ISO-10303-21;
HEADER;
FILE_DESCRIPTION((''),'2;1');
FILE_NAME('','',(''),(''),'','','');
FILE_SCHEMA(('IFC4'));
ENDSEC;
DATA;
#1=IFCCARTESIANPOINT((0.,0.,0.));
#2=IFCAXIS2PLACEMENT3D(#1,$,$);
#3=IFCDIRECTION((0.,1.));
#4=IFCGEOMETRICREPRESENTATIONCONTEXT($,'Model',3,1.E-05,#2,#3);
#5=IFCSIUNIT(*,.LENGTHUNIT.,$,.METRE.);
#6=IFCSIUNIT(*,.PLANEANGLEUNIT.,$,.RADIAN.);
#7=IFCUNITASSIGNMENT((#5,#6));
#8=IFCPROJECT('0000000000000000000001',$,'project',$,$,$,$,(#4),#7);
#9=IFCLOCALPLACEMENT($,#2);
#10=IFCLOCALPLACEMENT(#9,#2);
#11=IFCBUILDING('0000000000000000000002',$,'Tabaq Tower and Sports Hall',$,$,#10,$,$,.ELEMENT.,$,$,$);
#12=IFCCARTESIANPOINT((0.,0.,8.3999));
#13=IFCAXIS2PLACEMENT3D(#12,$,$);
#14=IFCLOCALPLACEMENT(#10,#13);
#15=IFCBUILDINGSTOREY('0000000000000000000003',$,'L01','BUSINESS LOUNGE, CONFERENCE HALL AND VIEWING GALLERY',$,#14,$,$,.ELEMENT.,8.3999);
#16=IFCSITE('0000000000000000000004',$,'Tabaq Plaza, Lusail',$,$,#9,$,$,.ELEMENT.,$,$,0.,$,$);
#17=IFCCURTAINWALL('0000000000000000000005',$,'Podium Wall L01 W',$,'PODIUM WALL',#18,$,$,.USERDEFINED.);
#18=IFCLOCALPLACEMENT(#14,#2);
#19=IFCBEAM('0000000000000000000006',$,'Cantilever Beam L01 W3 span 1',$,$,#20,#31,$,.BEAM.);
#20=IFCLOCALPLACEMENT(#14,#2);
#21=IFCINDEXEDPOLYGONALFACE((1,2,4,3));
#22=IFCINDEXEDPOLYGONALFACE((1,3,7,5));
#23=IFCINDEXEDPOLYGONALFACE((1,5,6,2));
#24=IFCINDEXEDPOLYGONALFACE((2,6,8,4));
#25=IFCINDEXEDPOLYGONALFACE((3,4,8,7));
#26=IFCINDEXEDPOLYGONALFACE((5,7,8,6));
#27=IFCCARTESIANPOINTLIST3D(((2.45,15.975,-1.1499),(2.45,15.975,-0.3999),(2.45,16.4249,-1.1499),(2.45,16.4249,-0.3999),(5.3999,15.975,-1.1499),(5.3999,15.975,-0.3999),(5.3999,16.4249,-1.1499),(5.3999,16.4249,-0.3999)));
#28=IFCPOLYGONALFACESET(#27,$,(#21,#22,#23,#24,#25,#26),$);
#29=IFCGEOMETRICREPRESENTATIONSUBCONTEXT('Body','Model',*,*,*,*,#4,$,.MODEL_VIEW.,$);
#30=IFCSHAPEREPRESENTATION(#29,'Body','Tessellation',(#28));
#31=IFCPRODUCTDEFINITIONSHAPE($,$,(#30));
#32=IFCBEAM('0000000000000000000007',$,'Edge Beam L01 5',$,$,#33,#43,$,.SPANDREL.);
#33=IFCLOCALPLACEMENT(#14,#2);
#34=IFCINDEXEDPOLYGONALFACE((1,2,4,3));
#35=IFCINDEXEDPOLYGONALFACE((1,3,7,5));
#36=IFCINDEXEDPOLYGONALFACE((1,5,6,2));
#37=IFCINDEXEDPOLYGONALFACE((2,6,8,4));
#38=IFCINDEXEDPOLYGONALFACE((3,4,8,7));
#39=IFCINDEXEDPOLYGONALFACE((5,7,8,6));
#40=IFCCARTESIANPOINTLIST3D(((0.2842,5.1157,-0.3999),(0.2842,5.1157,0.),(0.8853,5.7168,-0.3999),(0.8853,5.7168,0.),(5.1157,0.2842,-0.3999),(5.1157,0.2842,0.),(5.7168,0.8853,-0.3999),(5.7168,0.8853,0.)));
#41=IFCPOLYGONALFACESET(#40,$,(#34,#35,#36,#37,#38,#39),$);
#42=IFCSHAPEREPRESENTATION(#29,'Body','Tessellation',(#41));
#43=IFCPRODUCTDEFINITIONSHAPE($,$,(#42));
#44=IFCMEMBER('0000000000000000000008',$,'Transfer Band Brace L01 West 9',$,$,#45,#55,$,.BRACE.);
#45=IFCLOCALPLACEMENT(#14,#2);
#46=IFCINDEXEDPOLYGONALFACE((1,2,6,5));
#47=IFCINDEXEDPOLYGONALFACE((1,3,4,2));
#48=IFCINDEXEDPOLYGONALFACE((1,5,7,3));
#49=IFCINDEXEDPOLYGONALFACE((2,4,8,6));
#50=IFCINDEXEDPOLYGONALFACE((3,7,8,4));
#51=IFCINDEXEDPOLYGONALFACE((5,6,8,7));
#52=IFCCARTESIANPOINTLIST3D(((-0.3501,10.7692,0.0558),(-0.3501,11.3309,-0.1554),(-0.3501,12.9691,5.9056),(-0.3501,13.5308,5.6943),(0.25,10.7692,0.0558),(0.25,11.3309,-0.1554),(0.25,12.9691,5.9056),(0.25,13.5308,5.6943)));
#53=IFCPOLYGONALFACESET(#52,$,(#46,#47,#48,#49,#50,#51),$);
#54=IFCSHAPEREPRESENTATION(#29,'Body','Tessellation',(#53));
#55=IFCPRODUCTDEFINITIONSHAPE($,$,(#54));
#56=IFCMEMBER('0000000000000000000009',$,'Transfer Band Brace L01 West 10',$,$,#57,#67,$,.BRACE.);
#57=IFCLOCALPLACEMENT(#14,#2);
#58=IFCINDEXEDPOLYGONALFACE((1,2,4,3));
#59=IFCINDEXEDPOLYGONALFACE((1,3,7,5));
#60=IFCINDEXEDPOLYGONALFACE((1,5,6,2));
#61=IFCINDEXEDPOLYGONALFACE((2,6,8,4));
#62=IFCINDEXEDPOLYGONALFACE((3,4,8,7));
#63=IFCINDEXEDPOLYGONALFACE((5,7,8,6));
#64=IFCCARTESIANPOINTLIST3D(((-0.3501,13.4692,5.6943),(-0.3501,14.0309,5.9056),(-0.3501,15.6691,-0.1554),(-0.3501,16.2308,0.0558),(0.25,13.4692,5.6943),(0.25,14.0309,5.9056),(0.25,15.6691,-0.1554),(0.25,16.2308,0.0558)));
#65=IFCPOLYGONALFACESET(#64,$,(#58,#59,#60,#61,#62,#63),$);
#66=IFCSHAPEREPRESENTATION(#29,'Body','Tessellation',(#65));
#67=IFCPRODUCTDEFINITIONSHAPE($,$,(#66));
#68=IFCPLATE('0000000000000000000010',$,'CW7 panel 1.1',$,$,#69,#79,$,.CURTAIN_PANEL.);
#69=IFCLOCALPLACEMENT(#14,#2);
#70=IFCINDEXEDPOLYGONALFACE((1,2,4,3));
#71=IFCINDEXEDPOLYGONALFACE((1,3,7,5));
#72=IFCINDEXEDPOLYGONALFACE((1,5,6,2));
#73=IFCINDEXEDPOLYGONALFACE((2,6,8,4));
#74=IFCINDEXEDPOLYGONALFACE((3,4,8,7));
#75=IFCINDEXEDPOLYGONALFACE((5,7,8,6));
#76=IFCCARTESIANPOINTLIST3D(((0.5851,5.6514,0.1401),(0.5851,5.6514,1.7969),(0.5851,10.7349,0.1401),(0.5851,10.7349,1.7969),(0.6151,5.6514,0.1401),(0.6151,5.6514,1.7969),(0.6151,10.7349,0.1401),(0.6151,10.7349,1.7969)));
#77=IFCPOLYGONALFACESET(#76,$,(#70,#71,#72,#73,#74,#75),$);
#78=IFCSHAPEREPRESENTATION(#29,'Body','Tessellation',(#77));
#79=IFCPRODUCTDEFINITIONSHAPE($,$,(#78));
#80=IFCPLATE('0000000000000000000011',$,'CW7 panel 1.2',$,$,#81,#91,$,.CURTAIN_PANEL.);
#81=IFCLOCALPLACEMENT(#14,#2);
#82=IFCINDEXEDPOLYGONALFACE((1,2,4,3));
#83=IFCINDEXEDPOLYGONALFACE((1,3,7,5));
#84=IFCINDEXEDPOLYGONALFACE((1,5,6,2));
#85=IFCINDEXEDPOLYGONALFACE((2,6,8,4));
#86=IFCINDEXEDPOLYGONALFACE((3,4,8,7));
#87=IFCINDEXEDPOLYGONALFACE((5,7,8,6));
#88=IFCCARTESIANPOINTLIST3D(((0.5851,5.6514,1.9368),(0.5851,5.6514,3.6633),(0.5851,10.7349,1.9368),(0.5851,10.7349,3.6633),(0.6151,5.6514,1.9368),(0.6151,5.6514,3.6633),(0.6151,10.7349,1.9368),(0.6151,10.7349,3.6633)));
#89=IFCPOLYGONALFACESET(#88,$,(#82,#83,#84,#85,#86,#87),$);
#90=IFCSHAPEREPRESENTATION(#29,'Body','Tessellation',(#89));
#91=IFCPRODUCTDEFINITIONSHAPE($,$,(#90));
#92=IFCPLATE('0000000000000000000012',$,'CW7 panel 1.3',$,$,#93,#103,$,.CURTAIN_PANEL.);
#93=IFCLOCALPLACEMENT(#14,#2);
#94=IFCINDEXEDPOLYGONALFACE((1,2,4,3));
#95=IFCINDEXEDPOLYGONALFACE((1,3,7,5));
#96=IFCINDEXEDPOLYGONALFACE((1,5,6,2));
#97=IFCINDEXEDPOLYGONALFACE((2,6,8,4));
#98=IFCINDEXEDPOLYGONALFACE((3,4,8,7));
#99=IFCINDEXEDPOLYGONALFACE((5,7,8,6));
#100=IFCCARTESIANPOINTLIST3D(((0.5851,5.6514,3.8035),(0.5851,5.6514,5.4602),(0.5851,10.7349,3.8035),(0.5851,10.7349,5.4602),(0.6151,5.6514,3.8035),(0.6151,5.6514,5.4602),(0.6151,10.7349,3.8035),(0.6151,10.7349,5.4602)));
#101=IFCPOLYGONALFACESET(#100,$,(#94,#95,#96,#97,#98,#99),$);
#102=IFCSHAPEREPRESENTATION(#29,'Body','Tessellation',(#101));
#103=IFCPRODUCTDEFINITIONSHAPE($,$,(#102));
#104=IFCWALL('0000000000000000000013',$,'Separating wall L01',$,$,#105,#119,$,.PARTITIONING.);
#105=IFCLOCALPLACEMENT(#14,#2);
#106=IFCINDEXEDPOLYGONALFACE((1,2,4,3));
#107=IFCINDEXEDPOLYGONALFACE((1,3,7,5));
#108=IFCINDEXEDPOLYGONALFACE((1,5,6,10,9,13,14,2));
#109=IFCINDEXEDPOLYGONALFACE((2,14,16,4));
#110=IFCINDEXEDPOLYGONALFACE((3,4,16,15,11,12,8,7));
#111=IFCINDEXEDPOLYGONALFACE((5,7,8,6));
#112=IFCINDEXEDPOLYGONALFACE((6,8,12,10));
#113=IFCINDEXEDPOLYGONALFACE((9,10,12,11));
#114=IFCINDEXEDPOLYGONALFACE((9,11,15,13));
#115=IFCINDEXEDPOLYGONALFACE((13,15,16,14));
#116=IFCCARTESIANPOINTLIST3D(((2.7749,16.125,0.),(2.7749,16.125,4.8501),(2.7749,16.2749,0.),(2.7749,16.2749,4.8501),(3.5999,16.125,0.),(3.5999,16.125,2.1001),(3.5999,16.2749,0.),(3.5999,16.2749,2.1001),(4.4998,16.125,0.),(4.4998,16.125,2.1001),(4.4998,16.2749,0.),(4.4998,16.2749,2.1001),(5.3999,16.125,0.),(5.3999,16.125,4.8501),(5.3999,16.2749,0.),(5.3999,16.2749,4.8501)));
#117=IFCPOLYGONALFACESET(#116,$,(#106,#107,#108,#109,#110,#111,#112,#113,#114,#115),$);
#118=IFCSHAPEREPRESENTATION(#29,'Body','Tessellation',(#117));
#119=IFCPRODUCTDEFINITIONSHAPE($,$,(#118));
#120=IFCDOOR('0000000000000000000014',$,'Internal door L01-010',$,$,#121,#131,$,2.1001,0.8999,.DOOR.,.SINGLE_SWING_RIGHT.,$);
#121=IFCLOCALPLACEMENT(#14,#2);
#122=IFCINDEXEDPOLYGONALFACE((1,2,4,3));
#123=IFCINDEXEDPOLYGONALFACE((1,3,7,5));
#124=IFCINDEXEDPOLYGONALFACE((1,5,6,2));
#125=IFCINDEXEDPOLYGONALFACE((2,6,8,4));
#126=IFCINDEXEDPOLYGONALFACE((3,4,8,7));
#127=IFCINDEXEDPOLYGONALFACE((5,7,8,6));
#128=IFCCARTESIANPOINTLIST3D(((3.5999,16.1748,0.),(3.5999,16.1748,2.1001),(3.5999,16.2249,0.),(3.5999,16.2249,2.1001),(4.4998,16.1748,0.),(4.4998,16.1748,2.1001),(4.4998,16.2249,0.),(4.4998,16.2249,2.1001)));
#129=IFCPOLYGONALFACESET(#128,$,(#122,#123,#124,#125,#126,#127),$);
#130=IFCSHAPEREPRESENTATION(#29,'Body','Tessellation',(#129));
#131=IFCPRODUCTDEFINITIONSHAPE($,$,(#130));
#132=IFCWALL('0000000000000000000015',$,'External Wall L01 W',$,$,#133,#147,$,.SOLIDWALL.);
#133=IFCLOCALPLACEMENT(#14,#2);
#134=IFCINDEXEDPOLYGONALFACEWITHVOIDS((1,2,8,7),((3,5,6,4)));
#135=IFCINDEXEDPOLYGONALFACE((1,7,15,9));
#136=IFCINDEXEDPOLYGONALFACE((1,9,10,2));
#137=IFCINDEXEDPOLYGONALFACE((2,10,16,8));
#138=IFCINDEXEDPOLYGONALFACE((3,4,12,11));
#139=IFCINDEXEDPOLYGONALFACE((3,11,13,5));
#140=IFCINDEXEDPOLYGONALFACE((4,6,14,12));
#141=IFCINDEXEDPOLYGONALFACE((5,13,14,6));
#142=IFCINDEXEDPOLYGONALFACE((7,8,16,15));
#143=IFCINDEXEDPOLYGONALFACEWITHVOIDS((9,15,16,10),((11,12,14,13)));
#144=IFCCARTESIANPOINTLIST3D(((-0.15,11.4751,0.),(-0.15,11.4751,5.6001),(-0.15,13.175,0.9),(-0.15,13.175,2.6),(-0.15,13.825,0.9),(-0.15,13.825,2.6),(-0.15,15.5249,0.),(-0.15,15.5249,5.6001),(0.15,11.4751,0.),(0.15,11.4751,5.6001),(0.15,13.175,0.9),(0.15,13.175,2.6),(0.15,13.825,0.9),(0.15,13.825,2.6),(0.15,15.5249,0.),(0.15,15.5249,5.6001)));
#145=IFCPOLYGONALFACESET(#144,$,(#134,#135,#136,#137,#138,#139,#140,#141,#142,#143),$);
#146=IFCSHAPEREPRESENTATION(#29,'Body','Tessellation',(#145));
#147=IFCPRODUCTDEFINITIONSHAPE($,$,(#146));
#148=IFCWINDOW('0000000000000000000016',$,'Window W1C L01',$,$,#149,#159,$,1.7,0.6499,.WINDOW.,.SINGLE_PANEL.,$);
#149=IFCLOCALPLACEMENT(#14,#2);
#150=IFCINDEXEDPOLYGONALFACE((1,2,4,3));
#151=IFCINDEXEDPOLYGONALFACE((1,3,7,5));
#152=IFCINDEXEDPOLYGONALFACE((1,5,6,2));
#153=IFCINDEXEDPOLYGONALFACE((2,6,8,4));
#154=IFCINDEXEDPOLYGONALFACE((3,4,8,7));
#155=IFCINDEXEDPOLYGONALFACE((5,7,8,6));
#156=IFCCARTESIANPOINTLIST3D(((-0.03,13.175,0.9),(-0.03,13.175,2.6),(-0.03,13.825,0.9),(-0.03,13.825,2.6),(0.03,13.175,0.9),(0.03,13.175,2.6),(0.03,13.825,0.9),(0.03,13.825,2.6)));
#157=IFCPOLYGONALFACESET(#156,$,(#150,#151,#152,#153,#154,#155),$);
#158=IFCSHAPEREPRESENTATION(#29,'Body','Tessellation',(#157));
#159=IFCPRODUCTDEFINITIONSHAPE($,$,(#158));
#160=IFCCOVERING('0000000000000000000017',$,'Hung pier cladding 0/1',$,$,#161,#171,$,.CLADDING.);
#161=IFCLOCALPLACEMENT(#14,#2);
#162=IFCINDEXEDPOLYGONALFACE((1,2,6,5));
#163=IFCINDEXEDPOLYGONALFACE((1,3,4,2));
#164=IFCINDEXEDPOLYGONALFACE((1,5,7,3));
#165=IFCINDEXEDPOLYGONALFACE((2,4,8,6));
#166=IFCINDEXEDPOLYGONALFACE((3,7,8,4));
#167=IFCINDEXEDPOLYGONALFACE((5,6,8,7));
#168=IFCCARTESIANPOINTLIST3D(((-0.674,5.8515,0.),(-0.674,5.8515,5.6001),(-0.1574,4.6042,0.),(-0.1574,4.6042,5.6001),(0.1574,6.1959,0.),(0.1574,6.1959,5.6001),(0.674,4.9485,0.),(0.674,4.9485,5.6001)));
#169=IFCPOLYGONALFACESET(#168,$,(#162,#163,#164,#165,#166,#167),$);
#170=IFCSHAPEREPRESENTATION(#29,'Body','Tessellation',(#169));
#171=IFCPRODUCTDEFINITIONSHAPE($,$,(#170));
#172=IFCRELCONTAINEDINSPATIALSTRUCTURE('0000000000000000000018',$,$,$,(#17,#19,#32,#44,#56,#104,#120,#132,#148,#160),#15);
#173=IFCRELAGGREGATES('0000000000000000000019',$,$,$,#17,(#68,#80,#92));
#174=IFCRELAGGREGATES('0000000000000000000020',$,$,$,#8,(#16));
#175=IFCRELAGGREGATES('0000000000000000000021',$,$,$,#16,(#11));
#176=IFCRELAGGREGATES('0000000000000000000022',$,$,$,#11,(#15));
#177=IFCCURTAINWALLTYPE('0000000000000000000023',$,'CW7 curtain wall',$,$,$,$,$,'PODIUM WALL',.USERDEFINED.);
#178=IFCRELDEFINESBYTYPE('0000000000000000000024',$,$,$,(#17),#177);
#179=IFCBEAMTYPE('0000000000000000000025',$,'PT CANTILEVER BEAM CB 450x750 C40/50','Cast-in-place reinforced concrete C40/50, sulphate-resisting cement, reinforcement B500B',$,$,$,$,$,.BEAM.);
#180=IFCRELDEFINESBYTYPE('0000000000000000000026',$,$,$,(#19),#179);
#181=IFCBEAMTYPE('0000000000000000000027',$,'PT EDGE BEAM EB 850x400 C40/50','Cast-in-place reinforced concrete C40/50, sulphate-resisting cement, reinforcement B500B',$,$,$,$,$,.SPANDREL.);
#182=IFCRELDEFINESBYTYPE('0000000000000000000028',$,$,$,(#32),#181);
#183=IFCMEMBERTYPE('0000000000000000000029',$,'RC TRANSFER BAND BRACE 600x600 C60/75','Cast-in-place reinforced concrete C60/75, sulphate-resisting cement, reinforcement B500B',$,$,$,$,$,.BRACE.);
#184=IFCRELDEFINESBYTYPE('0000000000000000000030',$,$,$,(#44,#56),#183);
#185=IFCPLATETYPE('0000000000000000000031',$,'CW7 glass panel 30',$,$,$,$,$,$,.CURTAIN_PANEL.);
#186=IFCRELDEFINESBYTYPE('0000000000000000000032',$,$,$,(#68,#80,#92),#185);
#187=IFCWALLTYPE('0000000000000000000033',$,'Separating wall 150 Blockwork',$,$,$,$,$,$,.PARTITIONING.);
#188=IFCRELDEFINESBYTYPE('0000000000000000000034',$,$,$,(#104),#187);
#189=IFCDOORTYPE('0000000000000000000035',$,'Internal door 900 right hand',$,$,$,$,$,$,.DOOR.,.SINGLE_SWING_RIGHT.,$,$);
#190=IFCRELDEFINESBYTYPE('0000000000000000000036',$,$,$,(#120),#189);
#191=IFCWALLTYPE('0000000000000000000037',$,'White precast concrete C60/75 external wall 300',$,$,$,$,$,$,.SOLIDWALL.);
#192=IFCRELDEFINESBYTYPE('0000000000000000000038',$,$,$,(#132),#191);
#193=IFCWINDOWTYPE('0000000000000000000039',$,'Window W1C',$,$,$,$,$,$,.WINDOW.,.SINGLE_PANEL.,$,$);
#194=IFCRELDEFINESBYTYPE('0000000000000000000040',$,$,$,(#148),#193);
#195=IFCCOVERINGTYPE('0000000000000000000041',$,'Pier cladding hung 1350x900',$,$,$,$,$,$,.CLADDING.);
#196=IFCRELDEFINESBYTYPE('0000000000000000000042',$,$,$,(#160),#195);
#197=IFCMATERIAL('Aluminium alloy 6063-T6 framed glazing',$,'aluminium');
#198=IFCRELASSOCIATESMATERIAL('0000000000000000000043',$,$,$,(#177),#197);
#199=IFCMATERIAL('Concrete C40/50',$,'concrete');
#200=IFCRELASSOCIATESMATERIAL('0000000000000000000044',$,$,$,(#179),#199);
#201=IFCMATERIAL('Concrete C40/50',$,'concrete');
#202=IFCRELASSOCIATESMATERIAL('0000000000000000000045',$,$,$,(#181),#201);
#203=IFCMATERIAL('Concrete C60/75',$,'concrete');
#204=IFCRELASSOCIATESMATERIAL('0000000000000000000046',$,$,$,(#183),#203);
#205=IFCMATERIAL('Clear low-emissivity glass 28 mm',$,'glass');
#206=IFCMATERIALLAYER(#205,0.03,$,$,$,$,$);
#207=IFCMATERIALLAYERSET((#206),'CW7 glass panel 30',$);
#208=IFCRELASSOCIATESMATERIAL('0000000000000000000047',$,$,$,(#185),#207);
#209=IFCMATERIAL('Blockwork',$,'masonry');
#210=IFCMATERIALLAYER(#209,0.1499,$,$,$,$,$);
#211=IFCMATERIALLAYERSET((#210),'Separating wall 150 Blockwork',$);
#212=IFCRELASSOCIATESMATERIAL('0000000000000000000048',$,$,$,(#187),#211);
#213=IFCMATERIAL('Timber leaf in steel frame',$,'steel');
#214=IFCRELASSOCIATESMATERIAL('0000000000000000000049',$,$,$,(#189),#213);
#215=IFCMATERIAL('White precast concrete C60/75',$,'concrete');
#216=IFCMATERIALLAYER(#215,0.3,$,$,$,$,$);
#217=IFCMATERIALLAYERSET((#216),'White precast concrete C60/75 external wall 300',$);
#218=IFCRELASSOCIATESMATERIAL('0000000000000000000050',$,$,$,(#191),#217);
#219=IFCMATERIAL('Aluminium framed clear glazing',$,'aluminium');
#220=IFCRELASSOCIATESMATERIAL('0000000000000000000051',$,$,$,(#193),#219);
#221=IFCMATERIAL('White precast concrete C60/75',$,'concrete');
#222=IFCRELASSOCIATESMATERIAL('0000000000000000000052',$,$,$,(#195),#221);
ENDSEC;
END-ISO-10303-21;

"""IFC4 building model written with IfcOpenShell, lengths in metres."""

from ifc_helpers import new_model, si_unit, direction, frame, frame_2d, origin, origin_2d, place, context, subcontext, project, spatial, rectangle, extrude, material, layer, layer_set, material_profile, profile_set, type_object, element, fill, aggregate, save


model = new_model("IFC4")

# Units and contexts
model_context = context("Model", 3, precision=1e-05, world=origin(), true_north=direction((0.0, 1.0)))
body_context = subcontext(model_context, "Body", "Model", "MODEL_VIEW")
ifc_project = project(units=[si_unit("LENGTHUNIT", "METRE"), si_unit("PLANEANGLEUNIT", "RADIAN")], contexts=[model_context])

# Site, building, storey
site_placement = place(None, origin())
site = spatial("IfcSite", under=ifc_project, at=site_placement, Name="Tabaq Plaza, Lusail", CompositionType="ELEMENT", RefElevation=0.0)
building_placement = place(site_placement, origin())
building = spatial("IfcBuilding", under=site, at=building_placement, Name="Tabaq Tower and Sports Hall", CompositionType="ELEMENT")
storey_placement = place(building_placement, frame((0.0, 0.0, 8.3999)))
storey = spatial("IfcBuildingStorey", under=building, at=storey_placement, Name="L01", Description="BUSINESS LOUNGE, CONFERENCE HALL AND VIEWING GALLERY", CompositionType="ELEMENT", Elevation=8.3999)

# Curtain wall
ifc_material_1 = material(Name="Aluminium alloy 6063-T6 framed glazing", Category="aluminium")
curtain_wall_type = type_object("IfcCurtainWallType", Name="CW7 curtain wall", ElementType="PODIUM WALL", PredefinedType="USERDEFINED", material=ifc_material_1)
curtain_wall_1_placement = place(storey_placement, origin())
curtain_wall_1 = element("IfcCurtainWall", 1, at=curtain_wall_1_placement, inside=storey, type_object=curtain_wall_type, Name="Podium Wall L01 W", ObjectType="PODIUM WALL", PredefinedType="USERDEFINED")

# Beams
ifc_material_2 = material(Name="Concrete C40/50", Category="concrete")
ifc_material_profile_1 = material_profile(ifc_material_2, rectangle(XDim=0.45, YDim=0.75, at=origin_2d()), Name="CB 450x750")
ifc_profile_set_1 = profile_set([ifc_material_profile_1], Name="Concrete C40/50")
beam_type_1 = type_object("IfcBeamType", Name="PT CANTILEVER BEAM CB 450x750 C40/50", Description="Cast-in-place reinforced concrete C40/50, sulphate-resisting cement, reinforcement B500B", PredefinedType="BEAM", material=ifc_profile_set_1)
beam_1_placement = place(storey_placement, frame((2.45, 16.2, -0.7749), z_axis=(1.0, 0.0, 0.0), x_axis=(0.0, 1.0, 0.0)))
element("IfcBeam", 2, at=beam_1_placement, inside=storey, type_object=beam_type_1, Name="Cantilever Beam L01 W3 span 1", PredefinedType="BEAM", context=body_context, shape_type="SweptSolid", body=[
    extrude(rectangle(XDim=0.45, YDim=0.75, at=origin_2d()), origin(), (0.0, 0.0, 1.0), 2.95),
])
ifc_material_3 = material(Name="Concrete C40/50", Category="concrete")
ifc_material_profile_2 = material_profile(ifc_material_3, rectangle(XDim=0.8501, YDim=0.3999, at=origin_2d()), Name="EB 850x400")
ifc_profile_set_2 = profile_set([ifc_material_profile_2], Name="Concrete C40/50")
beam_type_2 = type_object("IfcBeamType", Name="PT EDGE BEAM EB 850x400 C40/50", Description="Cast-in-place reinforced concrete C40/50, sulphate-resisting cement, reinforcement B500B", PredefinedType="SPANDREL", material=ifc_profile_set_2)
beam_2_placement = place(storey_placement, frame((0.5847, 5.4163, -0.2), z_axis=(0.707107, -0.707107, 0.0), x_axis=(0.707107, 0.707107, 0.0)))
element("IfcBeam", 3, at=beam_2_placement, inside=storey, type_object=beam_type_2, Name="Edge Beam L01 5", PredefinedType="SPANDREL", context=body_context, shape_type="SweptSolid", body=[
    extrude(rectangle(XDim=0.8501, YDim=0.3999, at=origin_2d()), origin(), (0.0, 0.0, 1.0), 6.8328),
])

# Members
ifc_material_4 = material(Name="Concrete C60/75", Category="concrete")
ifc_material_profile_3 = material_profile(ifc_material_4, rectangle(XDim=0.6001, YDim=0.6001, at=origin_2d()), Name="TRANSFER BAND BRACE 600x600")
ifc_profile_set_3 = profile_set([ifc_material_profile_3], Name="Concrete C60/75")
member_type_1 = type_object("IfcMemberType", Name="RC TRANSFER BAND BRACE 600x600 C60/75", Description="Cast-in-place reinforced concrete C60/75, sulphate-resisting cement, reinforcement B500B", PredefinedType="BRACE", material=ifc_profile_set_3)
for number, where, z_axis, x_axis, name in (
    (4, (-0.05, 11.05, -0.0498), (0.0, 0.352001, 0.936), (-1.0, 0.0, 0.0), "Transfer Band Brace L01 West 9"),
    (5, (-0.05, 15.95, -0.0498), (0.0, -0.352001, 0.936), (1.0, 0.0, 0.0), "Transfer Band Brace L01 West 10"),
):
    element("IfcMember", number, at=place(storey_placement, frame(where, z_axis=z_axis, x_axis=x_axis)), inside=storey, type_object=member_type_1, Name=name, PredefinedType="BRACE", context=body_context, shape_type="SweptSolid", body=[
        extrude(rectangle(XDim=0.6001, YDim=0.6001, at=origin_2d()), origin(), (0.0, 0.0, 1.0), 6.2498),
    ])

# Plates
ifc_material_5 = material(Name="Clear low-emissivity glass 28 mm", Category="glass")
ifc_layer_1 = layer(ifc_material_5, 0.03)
ifc_layer_set_1 = layer_set([ifc_layer_1], Name="CW7 glass panel 30")
plate_type = type_object("IfcPlateType", Name="CW7 glass panel 30", PredefinedType="CURTAIN_PANEL", material=ifc_layer_set_1)
plate_1_placement = place(storey_placement, frame((0.6001, 8.1931, 0.1401), z_axis=(0.0, 0.0, 1.0), x_axis=(0.0, -1.0, 0.0)))
plate_1 = element("IfcPlate", 6, at=plate_1_placement, type_object=plate_type, Name="CW7 panel 1.1", PredefinedType="CURTAIN_PANEL", context=body_context, shape_type="SweptSolid", body=[
    extrude(rectangle(XDim=5.0835, YDim=0.03, at=origin_2d()), origin(), (0.0, 0.0, 1.0), 1.6567),
])
plate_2_placement = place(storey_placement, frame((0.6001, 8.1931, 1.9368), z_axis=(0.0, 0.0, 1.0), x_axis=(0.0, -1.0, 0.0)))
plate_2 = element("IfcPlate", 7, at=plate_2_placement, type_object=plate_type, Name="CW7 panel 1.2", PredefinedType="CURTAIN_PANEL", context=body_context, shape_type="SweptSolid", body=[
    extrude(rectangle(XDim=5.0835, YDim=0.03, at=origin_2d()), origin(), (0.0, 0.0, 1.0), 1.7266),
])
plate_3_placement = place(storey_placement, frame((0.6001, 8.1931, 3.8035), z_axis=(0.0, 0.0, 1.0), x_axis=(0.0, -1.0, 0.0)))
plate_3 = element("IfcPlate", 8, at=plate_3_placement, type_object=plate_type, Name="CW7 panel 1.3", PredefinedType="CURTAIN_PANEL", context=body_context, shape_type="SweptSolid", body=[
    extrude(rectangle(XDim=5.0835, YDim=0.03, at=origin_2d()), origin(), (0.0, 0.0, 1.0), 1.6567),
])
aggregate(curtain_wall_1, [plate_1, plate_2, plate_3])

# Wall, opening, door
ifc_material_6 = material(Name="Blockwork", Category="masonry")
ifc_layer_2 = layer(ifc_material_6, 0.1499)
ifc_layer_set_2 = layer_set([ifc_layer_2], Name="Separating wall 150 Blockwork")
wall_type_1 = type_object("IfcWallType", Name="Separating wall 150 Blockwork", PredefinedType="PARTITIONING", material=ifc_layer_set_2)
wall_1_placement = place(storey_placement, frame((2.7749, 16.2, 0.0), z_axis=(0.0, 0.0, 1.0), x_axis=(1.0, 0.0, 0.0)))
wall_1 = element("IfcWall", 9, at=wall_1_placement, inside=storey, type_object=wall_type_1, Name="Separating wall L01", PredefinedType="PARTITIONING", context=body_context, shape_type="SweptSolid", body=[
    extrude(rectangle(XDim=2.625, YDim=0.1499, at=frame_2d((1.3125, 0.0))), origin(), (0.0, 0.0, 1.0), 4.8501),
])
opening_1_placement = place(wall_1_placement, frame((0.825, 0.0, 0.0)))
opening_1 = element("IfcOpeningElement", 10, at=opening_1_placement, cuts=wall_1, PredefinedType="OPENING", context=body_context, shape_type="SweptSolid", body=[
    extrude(rectangle(XDim=0.8999, YDim=2.1001, at=frame_2d((0.45, 1.05))), frame((0.0, 0.075, 0.0), z_axis=(0.0, -1.0, 0.0), x_axis=(1.0, 0.0, 0.0)), (0.0, 0.0, 1.0), 0.1499),
])
ifc_material_7 = material(Name="Timber leaf in steel frame", Category="steel")
door_type = type_object("IfcDoorType", Name="Internal door 900 right hand", OperationType="SINGLE_SWING_RIGHT", PredefinedType="DOOR", material=ifc_material_7)
door_placement = place(opening_1_placement, origin())
door = element("IfcDoor", 11, at=door_placement, inside=storey, type_object=door_type, Name="Internal door L01-010", OperationType="SINGLE_SWING_RIGHT", OverallHeight=2.1001, OverallWidth=0.8999, PredefinedType="DOOR", context=body_context, shape_type="SweptSolid", body=[
    extrude(rectangle(XDim=0.8999, YDim=2.1001, at=frame_2d((0.45, 1.05))), frame((0.0, 0.0249, 0.0), z_axis=(0.0, -1.0, 0.0), x_axis=(1.0, 0.0, 0.0)), (0.0, 0.0, 1.0), 0.05),
])
fill(opening_1, door)

# Wall, opening, window
ifc_material_8 = material(Name="White precast concrete C60/75", Category="concrete")
ifc_layer_3 = layer(ifc_material_8, 0.3)
ifc_layer_set_3 = layer_set([ifc_layer_3], Name="White precast concrete C60/75 external wall 300")
wall_type_2 = type_object("IfcWallType", Name="White precast concrete C60/75 external wall 300", PredefinedType="SOLIDWALL", material=ifc_layer_set_3)
wall_2_placement = place(storey_placement, frame((0.0, 15.5249, 0.0), z_axis=(0.0, 0.0, 1.0), x_axis=(0.0, -1.0, 0.0)))
wall_2 = element("IfcWall", 12, at=wall_2_placement, inside=storey, type_object=wall_type_2, Name="External Wall L01 W", PredefinedType="SOLIDWALL", context=body_context, shape_type="SweptSolid", body=[
    extrude(rectangle(XDim=4.0498, YDim=0.3, at=frame_2d((2.0249, 0.0))), origin(), (0.0, 0.0, 1.0), 5.6001),
])
opening_2_placement = place(wall_2_placement, frame((1.7, 0.0, 0.8999)))
opening_2 = element("IfcOpeningElement", 13, at=opening_2_placement, cuts=wall_2, PredefinedType="OPENING", context=body_context, shape_type="SweptSolid", body=[
    extrude(rectangle(XDim=0.6499, YDim=1.7, at=frame_2d((0.325, 0.8501))), frame((0.0, 0.1602, 0.0), z_axis=(0.0, -1.0, 0.0), x_axis=(1.0, 0.0, 0.0)), (0.0, 0.0, 1.0), 0.3201),
])
ifc_material_9 = material(Name="Aluminium framed clear glazing", Category="aluminium")
window_type = type_object("IfcWindowType", Name="Window W1C", PartitioningType="SINGLE_PANEL", PredefinedType="WINDOW", material=ifc_material_9)
window_placement = place(opening_2_placement, origin())
window = element("IfcWindow", 14, at=window_placement, inside=storey, type_object=window_type, Name="Window W1C L01", OverallHeight=1.7, OverallWidth=0.6499, PartitioningType="SINGLE_PANEL", PredefinedType="WINDOW", context=body_context, shape_type="SweptSolid", body=[
    extrude(rectangle(XDim=0.6499, YDim=1.7, at=frame_2d((0.325, 0.8501))), frame((0.0, 0.03, 0.0), z_axis=(0.0, -1.0, 0.0), x_axis=(1.0, 0.0, 0.0)), (0.0, 0.0, 1.0), 0.0601),
])
fill(opening_2, window)

# Covering
ifc_material_10 = material(Name="White precast concrete C60/75", Category="concrete")
covering_type = type_object("IfcCoveringType", Name="Pier cladding hung 1350x900", PredefinedType="CLADDING", material=ifc_material_10)
for number, where, z_axis, x_axis, name in (
    (15, (-0.2583, 6.0237, 0.0), (0.0, 0.0, 1.0), (0.38265, -0.923893, 0.0), "Hung pier cladding 0/1"),
):
    element("IfcCovering", number, at=place(storey_placement, frame(where, z_axis=z_axis, x_axis=x_axis)), inside=storey, type_object=covering_type, Name=name, PredefinedType="CLADDING", context=body_context, shape_type="SweptSolid", body=[
        extrude(rectangle(XDim=1.3501, YDim=0.8999, at=frame_2d((0.675, 0.0))), origin(), (0.0, 0.0, 1.0), 5.6001),
    ])

save(model, "model.ifc")
